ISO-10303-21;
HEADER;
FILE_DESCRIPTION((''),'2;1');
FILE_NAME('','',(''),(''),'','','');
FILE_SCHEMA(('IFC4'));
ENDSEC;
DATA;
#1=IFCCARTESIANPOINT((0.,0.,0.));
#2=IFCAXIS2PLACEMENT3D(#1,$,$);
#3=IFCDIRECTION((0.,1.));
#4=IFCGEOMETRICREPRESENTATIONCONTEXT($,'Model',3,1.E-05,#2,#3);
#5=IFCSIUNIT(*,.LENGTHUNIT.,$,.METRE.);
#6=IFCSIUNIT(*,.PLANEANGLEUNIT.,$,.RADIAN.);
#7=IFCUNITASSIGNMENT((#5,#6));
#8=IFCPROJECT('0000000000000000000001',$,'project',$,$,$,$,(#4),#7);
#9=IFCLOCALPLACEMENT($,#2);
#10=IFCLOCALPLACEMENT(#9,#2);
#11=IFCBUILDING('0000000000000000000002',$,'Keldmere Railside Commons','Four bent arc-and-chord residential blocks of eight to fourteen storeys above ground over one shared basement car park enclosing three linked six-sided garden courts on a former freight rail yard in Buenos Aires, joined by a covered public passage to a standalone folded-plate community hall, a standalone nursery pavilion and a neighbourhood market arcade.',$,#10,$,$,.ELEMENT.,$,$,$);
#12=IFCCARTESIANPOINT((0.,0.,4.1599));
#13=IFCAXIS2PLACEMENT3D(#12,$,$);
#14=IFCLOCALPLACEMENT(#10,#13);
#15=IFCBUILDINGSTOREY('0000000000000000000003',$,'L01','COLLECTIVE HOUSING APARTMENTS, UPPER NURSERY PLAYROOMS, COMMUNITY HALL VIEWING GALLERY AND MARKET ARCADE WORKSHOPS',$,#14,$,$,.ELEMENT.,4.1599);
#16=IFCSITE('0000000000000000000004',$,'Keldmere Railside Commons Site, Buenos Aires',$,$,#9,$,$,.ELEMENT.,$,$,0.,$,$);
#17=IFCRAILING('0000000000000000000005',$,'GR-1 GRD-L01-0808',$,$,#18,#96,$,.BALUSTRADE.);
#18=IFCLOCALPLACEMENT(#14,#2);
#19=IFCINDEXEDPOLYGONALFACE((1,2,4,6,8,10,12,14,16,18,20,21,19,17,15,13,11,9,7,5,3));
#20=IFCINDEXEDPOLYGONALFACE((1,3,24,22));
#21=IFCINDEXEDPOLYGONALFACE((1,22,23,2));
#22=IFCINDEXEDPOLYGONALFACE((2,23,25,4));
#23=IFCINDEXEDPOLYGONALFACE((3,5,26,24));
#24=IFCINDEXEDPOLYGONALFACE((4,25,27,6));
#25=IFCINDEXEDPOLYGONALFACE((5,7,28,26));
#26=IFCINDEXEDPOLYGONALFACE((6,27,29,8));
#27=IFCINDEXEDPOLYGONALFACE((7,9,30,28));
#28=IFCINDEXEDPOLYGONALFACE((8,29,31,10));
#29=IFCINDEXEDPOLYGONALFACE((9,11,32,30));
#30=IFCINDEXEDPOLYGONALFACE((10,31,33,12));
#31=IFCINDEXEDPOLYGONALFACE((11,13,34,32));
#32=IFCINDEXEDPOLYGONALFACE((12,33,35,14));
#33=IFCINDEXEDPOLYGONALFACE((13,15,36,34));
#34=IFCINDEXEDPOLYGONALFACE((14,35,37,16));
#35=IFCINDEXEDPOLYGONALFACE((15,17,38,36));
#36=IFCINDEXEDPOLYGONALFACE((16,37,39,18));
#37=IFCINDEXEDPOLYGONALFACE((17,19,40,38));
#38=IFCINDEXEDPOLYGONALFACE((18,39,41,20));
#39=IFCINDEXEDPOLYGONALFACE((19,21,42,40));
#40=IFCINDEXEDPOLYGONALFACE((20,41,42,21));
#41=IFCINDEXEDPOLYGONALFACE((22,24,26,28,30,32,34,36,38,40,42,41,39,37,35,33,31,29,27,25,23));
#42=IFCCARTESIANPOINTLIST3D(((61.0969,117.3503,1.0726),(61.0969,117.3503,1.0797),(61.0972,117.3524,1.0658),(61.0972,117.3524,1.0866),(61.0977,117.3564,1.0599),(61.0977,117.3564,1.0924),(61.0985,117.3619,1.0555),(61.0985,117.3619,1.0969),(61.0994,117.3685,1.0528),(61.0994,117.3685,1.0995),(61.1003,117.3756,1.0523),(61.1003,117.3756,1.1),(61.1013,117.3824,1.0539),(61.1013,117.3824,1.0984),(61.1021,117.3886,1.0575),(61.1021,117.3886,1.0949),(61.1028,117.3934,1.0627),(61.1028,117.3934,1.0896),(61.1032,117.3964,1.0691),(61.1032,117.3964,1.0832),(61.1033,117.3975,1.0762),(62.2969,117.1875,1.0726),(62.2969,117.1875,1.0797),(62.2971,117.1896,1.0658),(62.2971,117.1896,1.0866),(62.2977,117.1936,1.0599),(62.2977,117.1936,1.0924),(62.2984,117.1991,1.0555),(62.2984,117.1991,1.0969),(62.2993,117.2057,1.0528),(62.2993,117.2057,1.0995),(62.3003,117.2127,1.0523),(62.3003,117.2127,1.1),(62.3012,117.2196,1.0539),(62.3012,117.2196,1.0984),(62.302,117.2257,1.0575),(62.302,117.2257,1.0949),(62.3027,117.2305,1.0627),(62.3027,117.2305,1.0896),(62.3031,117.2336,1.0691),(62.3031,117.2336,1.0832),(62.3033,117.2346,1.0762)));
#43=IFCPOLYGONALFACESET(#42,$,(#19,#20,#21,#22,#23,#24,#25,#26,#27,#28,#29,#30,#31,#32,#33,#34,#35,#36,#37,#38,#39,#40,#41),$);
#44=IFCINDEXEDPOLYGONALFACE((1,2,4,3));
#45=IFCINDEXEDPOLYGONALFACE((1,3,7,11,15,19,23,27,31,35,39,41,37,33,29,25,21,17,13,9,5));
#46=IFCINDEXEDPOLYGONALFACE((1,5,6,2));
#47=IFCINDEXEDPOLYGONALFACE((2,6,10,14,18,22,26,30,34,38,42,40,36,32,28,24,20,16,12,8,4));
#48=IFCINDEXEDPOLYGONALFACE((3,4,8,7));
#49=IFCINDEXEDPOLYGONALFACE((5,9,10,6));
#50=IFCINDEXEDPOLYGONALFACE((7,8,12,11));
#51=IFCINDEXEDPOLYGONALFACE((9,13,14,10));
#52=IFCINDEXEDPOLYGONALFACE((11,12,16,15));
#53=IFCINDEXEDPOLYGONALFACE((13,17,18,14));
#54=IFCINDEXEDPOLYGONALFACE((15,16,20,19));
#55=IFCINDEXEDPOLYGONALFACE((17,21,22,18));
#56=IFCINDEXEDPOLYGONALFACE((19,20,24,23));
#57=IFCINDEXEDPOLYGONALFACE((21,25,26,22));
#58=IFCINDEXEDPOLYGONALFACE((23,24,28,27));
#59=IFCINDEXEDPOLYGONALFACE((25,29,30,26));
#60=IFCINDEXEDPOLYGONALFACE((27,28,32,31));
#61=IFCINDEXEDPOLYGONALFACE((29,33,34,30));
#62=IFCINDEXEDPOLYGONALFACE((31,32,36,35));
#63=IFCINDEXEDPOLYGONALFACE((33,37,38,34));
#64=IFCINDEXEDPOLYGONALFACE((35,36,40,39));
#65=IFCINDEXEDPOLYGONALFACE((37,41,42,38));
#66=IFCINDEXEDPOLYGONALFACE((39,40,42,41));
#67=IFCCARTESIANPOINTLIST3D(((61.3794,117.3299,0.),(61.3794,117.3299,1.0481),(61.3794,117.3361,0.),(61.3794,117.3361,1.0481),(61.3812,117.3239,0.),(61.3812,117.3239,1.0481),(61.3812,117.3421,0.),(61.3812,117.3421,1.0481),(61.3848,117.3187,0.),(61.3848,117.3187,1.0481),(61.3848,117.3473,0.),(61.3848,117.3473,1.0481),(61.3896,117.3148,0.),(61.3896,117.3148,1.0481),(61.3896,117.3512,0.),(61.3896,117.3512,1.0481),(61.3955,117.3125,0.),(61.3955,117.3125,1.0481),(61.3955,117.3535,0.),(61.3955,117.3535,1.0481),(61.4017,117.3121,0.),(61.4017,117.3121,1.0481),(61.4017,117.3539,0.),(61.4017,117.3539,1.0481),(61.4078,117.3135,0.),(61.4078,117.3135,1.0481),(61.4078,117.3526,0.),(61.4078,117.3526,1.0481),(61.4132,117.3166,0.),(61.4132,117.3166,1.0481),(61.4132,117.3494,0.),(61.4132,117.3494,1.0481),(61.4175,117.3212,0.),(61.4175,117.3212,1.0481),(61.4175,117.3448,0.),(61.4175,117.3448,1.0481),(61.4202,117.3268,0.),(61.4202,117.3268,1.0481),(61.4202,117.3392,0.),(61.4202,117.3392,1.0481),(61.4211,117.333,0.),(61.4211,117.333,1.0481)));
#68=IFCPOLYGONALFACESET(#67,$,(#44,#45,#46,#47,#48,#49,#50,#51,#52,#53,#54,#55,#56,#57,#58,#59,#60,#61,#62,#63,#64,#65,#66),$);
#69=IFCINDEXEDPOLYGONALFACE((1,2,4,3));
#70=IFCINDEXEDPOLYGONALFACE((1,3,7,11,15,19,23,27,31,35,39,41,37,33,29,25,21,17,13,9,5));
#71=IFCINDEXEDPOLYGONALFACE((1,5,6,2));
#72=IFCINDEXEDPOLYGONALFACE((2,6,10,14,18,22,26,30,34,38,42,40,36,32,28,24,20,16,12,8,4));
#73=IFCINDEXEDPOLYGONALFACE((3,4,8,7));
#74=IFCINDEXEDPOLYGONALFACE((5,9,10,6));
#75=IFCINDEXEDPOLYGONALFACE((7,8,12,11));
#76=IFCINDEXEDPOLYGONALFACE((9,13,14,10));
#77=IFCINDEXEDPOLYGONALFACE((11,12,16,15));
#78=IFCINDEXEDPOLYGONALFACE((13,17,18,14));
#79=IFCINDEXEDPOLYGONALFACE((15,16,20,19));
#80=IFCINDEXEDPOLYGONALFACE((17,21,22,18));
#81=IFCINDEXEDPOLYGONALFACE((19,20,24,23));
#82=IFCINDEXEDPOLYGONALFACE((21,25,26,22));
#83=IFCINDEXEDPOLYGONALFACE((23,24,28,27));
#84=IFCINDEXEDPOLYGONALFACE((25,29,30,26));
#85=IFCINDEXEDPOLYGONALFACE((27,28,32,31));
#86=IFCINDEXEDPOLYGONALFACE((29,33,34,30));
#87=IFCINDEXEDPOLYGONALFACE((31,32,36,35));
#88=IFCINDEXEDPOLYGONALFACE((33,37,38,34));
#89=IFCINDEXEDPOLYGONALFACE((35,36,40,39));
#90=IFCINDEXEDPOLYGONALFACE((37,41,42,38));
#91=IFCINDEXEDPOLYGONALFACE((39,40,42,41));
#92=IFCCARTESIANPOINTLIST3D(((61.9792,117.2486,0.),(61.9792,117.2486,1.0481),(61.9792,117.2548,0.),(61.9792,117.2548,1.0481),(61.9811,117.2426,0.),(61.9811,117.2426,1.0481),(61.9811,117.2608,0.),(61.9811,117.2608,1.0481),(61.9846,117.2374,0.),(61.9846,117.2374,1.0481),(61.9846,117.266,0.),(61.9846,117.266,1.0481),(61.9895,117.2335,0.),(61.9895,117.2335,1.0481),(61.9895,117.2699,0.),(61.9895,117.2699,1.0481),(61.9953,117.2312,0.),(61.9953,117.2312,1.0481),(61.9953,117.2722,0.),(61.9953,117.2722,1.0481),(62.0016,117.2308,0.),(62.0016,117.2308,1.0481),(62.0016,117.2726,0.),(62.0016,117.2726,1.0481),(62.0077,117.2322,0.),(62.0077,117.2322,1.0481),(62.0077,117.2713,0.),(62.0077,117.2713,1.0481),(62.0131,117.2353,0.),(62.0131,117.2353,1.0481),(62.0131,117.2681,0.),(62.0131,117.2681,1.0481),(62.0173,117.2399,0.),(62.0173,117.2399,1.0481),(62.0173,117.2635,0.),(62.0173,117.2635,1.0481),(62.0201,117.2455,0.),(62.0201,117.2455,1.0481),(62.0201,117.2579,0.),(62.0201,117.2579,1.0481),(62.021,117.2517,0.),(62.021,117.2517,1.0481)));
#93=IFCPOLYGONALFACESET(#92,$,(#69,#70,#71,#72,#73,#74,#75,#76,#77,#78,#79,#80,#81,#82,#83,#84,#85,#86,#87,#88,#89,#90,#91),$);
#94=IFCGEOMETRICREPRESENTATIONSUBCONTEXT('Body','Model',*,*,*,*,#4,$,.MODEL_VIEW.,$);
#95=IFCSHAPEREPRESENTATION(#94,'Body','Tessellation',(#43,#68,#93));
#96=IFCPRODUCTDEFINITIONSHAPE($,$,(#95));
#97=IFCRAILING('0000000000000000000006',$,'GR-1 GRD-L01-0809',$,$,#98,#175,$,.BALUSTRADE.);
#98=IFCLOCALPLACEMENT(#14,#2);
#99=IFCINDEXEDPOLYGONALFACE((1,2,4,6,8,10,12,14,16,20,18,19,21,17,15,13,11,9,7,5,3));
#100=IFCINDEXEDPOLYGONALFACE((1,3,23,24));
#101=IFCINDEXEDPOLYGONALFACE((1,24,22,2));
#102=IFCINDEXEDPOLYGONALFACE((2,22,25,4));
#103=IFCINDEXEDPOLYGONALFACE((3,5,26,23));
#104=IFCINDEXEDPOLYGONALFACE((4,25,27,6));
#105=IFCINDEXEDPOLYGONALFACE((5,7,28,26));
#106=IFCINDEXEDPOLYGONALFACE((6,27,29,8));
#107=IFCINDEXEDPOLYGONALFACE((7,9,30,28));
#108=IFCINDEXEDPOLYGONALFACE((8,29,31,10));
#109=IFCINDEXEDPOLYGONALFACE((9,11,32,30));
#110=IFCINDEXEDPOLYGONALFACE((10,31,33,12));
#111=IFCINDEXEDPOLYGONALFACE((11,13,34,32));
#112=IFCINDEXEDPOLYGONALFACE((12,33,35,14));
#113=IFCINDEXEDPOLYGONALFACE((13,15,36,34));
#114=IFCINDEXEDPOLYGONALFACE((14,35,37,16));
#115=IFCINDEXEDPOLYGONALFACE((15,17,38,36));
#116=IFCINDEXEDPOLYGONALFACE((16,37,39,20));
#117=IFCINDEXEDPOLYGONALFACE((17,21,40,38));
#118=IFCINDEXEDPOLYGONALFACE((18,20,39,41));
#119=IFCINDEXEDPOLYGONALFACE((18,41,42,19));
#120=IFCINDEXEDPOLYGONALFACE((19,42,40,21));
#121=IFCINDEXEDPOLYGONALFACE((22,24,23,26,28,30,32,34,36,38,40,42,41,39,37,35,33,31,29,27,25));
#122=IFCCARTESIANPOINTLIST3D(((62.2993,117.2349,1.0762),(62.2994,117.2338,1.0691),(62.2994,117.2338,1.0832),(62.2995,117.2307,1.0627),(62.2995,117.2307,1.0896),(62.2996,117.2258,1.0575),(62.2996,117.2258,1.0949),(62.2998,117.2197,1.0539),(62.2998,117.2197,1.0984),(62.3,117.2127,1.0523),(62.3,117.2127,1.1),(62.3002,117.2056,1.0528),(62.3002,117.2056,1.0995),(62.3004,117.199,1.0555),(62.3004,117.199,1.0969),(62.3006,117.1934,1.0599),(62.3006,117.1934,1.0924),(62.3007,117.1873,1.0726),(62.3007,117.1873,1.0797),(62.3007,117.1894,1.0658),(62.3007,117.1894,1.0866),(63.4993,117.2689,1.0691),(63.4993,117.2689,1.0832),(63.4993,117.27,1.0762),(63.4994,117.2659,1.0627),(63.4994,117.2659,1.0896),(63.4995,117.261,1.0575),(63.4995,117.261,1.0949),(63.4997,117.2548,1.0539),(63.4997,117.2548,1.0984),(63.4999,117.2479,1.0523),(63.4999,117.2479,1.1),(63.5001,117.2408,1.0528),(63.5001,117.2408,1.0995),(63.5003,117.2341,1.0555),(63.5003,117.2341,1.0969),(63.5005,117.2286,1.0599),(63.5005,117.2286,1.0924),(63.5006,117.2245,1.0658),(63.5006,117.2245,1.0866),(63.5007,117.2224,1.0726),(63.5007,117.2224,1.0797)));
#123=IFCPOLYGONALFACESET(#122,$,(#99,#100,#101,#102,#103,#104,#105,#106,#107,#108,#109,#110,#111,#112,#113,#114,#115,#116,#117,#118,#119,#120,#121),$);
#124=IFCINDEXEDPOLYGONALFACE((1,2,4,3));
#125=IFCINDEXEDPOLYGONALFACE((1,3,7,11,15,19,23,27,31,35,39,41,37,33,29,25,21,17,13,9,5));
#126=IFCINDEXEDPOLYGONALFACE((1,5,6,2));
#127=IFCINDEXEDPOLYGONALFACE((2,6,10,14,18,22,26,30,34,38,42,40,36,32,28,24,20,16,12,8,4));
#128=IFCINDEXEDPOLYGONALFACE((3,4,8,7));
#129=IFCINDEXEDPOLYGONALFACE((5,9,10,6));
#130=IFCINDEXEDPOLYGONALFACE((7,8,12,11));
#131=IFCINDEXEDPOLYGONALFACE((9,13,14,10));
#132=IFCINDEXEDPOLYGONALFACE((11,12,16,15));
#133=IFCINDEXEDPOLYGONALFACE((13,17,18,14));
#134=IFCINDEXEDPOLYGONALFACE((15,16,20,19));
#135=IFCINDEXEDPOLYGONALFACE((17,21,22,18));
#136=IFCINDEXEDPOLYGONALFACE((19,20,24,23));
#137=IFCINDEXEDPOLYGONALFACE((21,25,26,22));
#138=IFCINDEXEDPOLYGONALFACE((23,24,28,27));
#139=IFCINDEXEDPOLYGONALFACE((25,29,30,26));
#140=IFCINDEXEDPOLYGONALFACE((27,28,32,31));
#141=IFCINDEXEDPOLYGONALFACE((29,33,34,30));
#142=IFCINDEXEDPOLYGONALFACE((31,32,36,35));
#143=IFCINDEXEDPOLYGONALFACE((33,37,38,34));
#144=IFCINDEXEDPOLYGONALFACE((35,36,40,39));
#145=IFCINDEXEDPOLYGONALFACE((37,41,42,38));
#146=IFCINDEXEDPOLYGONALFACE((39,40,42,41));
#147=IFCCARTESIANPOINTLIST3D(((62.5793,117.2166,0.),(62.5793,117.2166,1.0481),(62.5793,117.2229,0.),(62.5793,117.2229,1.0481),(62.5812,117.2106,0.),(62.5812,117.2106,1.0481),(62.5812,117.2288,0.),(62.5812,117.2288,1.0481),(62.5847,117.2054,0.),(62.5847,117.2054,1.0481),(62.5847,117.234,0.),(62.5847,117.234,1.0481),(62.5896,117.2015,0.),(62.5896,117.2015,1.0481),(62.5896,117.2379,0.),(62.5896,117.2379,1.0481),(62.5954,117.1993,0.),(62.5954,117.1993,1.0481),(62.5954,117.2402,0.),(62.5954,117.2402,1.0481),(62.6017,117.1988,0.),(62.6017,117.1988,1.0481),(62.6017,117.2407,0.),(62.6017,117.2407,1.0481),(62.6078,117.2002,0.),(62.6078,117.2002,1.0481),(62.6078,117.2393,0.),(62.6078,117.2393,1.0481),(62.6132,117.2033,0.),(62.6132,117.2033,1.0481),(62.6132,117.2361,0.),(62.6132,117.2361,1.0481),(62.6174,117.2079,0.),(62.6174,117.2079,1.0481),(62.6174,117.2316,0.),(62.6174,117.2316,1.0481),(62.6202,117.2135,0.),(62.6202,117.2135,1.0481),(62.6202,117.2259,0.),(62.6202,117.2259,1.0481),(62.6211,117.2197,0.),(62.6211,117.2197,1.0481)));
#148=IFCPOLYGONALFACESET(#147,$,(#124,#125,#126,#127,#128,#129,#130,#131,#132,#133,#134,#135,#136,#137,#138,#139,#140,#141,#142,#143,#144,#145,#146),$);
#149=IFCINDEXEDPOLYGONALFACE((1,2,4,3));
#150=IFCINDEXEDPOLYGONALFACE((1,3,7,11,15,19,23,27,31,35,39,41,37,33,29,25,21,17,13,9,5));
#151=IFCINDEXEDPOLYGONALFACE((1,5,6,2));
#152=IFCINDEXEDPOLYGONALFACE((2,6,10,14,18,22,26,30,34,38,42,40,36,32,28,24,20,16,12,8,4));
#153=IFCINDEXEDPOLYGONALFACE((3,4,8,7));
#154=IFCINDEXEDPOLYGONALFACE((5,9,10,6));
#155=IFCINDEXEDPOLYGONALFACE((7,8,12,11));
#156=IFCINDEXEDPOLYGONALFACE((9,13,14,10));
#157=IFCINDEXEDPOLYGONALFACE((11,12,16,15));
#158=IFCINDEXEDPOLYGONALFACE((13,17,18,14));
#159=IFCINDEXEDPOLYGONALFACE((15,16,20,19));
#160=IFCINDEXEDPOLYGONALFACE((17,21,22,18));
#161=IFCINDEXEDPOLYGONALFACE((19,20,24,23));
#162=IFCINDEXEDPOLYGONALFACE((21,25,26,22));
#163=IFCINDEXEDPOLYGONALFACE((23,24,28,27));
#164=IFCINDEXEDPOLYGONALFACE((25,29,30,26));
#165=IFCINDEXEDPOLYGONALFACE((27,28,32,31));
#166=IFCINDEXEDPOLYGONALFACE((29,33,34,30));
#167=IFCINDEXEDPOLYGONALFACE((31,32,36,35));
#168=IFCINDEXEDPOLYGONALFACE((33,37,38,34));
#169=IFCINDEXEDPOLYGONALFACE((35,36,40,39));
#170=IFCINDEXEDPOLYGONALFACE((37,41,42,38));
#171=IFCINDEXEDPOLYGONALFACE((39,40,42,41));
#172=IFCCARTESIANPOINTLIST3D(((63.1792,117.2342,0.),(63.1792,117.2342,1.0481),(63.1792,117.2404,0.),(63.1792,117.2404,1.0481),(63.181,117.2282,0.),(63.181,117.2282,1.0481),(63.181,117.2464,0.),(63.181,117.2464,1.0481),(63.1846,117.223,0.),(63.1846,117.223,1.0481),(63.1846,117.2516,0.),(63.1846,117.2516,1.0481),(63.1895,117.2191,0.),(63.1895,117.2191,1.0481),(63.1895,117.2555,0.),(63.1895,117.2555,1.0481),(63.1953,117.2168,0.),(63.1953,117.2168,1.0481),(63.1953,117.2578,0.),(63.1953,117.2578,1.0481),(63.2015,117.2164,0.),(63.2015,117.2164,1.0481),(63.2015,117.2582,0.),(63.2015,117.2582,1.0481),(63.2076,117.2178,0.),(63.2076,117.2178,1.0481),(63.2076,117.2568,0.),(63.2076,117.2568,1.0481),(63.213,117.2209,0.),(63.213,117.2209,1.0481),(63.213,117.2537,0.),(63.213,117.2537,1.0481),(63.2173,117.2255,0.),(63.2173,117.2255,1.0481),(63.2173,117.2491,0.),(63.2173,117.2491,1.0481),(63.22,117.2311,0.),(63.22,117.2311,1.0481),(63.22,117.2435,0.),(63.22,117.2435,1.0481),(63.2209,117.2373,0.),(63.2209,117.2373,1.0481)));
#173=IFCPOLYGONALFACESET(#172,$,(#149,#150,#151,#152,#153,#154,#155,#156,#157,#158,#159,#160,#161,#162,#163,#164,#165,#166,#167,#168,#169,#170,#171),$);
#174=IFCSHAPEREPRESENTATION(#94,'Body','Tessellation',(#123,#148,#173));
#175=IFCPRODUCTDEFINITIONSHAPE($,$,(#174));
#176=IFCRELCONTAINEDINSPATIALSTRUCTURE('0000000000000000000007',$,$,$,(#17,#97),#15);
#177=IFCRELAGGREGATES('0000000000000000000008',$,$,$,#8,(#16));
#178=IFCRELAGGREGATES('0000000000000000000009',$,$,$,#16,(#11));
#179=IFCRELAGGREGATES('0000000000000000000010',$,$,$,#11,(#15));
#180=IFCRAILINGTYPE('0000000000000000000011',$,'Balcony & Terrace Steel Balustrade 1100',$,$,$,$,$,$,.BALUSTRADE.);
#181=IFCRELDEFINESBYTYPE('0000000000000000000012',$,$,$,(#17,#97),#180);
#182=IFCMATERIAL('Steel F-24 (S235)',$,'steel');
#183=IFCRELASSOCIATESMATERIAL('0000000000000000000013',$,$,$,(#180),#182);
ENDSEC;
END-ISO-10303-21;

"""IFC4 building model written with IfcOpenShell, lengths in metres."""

from ifc_helpers import new_model, si_unit, direction, frame, origin, origin_2d, place, context, subcontext, project, spatial, circle, extrude, material, type_object, element, save


model = new_model("IFC4")

# Units and contexts
model_context = context("Model", 3, precision=1e-05, world=origin(), true_north=direction((0.0, 1.0)))
body_context = subcontext(model_context, "Body", "Model", "MODEL_VIEW")
ifc_project = project(units=[si_unit("LENGTHUNIT", "METRE"), si_unit("PLANEANGLEUNIT", "RADIAN")], contexts=[model_context])

# Site, building, storey
site_placement = place(None, origin())
site = spatial("IfcSite", under=ifc_project, at=site_placement, Name="Keldmere Railside Commons Site, Buenos Aires", CompositionType="ELEMENT", RefElevation=0.0)
building_placement = place(site_placement, origin())
building = spatial("IfcBuilding", under=site, at=building_placement, Name="Keldmere Railside Commons", Description="Four bent arc-and-chord residential blocks of eight to fourteen storeys above ground over one shared basement car park enclosing three linked six-sided garden courts on a former freight rail yard in Buenos Aires, joined by a covered public passage to a standalone folded-plate community hall, a standalone nursery pavilion and a neighbourhood market arcade.", CompositionType="ELEMENT")
storey_placement = place(building_placement, frame((0.0, 0.0, 4.1599)))
storey = spatial("IfcBuildingStorey", under=building, at=storey_placement, Name="L01", Description="COLLECTIVE HOUSING APARTMENTS, UPPER NURSERY PLAYROOMS, COMMUNITY HALL VIEWING GALLERY AND MARKET ARCADE WORKSHOPS", CompositionType="ELEMENT", Elevation=4.1599)

# Railings
ifc_material_1 = material(Name="Steel F-24 (S235)", Category="steel")
railing_type = type_object("IfcRailingType", Name="Balcony & Terrace Steel Balustrade 1100", PredefinedType="BALUSTRADE", material=ifc_material_1)
railing_1_placement = place(storey_placement, frame((61.1001, 117.3738, 0.0)))
element("IfcRailing", 1, at=railing_1_placement, inside=storey, type_object=railing_type, Name="GR-1 GRD-L01-0808", PredefinedType="BALUSTRADE", context=body_context, shape_type="SweptSolid", body=[
    extrude(circle(Radius=0.0239, at=origin_2d()), frame((0.0, 0.0, 1.0762), z_axis=(0.990917, -0.134474, 0.0), x_axis=(0.134474, 0.990917, 0.0)), (0.0, 0.0, 1.0), 1.2109),
    extrude(circle(Radius=0.021, at=origin_2d()), frame((0.3, -0.0408, 0.0)), (0.0, 0.0, 1.0), 1.0481),
    extrude(circle(Radius=0.021, at=origin_2d()), frame((0.8999, -0.1221, 0.0)), (0.0, 0.0, 1.0), 1.0481),
])
railing_2_placement = place(storey_placement, frame((62.3, 117.2109, 0.0)))
element("IfcRailing", 2, at=railing_2_placement, inside=storey, type_object=railing_type, Name="GR-1 GRD-L01-0809", PredefinedType="BALUSTRADE", context=body_context, shape_type="SweptSolid", body=[
    extrude(circle(Radius=0.0239, at=origin_2d()), frame((0.0, 0.0, 1.0762), z_axis=(0.999571, 0.029286, 0.0), x_axis=(-0.029286, 0.999571, 0.0)), (0.0, 0.0, 1.0), 1.2004),
    extrude(circle(Radius=0.021, at=origin_2d()), frame((0.3, 0.0088, 0.0)), (0.0, 0.0, 1.0), 1.0481),
    extrude(circle(Radius=0.021, at=origin_2d()), frame((0.8999, 0.0264, 0.0)), (0.0, 0.0, 1.0), 1.0481),
])

save(model, "model.ifc")
